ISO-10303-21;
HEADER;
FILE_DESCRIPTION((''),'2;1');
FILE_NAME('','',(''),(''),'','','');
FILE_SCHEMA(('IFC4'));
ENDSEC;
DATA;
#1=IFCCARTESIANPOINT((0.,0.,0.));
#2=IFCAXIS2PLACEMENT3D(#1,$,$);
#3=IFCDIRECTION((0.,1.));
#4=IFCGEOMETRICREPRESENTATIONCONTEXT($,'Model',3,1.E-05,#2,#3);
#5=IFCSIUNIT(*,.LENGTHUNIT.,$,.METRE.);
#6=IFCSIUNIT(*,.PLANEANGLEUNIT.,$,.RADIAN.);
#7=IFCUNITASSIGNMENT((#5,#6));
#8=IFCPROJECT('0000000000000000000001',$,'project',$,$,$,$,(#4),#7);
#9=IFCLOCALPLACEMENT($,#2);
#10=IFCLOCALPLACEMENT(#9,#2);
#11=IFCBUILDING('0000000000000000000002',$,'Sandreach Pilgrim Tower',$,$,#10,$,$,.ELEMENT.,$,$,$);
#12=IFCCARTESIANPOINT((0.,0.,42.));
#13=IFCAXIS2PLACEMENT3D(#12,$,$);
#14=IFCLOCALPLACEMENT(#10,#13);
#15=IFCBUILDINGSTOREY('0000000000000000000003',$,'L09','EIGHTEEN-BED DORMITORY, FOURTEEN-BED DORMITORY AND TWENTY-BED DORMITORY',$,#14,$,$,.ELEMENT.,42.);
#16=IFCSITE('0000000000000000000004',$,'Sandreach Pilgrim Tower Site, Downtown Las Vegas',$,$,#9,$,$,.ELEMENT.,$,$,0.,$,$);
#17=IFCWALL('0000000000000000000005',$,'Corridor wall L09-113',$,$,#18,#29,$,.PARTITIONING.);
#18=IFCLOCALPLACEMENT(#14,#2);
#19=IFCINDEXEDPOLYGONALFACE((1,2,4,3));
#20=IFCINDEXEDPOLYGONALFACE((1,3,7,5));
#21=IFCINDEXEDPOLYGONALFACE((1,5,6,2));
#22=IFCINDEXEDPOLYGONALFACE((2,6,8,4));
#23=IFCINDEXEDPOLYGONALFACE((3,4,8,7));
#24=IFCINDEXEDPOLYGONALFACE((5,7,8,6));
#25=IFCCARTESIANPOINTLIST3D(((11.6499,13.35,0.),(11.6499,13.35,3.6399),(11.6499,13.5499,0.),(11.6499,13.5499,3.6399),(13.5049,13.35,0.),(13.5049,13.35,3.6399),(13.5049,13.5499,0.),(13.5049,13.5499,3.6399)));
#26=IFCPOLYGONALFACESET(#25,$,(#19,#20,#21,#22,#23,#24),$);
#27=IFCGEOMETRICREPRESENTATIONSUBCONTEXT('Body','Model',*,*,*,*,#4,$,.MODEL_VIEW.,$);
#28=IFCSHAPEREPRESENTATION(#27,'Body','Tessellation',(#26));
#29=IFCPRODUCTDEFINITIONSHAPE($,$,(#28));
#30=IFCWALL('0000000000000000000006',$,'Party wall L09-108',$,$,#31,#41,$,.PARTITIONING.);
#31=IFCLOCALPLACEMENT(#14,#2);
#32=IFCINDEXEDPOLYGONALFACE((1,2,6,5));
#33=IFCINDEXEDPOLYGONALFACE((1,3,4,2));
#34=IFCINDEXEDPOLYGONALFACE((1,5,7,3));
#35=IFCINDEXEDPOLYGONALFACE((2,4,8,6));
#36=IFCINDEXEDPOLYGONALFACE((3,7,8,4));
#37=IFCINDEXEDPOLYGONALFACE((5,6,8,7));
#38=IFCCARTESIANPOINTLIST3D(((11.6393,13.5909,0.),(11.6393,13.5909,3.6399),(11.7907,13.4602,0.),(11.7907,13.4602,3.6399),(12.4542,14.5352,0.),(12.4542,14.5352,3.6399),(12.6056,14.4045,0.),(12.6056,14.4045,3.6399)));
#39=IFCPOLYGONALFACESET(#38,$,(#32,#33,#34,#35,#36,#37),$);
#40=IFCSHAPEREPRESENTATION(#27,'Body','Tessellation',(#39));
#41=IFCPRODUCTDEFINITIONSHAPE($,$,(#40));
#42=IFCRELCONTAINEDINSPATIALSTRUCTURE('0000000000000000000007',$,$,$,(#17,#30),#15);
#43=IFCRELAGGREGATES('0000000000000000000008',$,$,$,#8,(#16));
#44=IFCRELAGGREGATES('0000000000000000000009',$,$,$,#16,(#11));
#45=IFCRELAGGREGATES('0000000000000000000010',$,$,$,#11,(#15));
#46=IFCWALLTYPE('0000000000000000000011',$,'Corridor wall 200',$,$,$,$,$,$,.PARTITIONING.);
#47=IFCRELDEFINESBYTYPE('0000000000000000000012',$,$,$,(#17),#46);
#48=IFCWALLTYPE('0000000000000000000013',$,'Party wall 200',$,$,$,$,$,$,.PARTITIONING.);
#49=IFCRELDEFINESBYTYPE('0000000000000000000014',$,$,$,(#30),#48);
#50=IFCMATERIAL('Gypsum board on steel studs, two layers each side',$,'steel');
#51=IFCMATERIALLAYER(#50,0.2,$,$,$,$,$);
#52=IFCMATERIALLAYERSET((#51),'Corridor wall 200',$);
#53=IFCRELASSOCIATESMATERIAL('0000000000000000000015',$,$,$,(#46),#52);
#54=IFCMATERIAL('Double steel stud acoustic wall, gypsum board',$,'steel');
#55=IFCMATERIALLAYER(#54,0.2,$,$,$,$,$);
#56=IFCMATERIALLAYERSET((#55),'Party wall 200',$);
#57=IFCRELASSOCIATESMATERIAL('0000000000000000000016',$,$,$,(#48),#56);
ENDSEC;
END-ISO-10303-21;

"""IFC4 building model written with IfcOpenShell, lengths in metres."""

from ifc_helpers import new_model, si_unit, direction, frame, frame_2d, origin, place, context, subcontext, project, spatial, rectangle, extrude, material, layer, layer_set, type_object, element, save


model = new_model("IFC4")

# Units and contexts
model_context = context("Model", 3, precision=1e-05, world=origin(), true_north=direction((0.0, 1.0)))
body_context = subcontext(model_context, "Body", "Model", "MODEL_VIEW")
ifc_project = project(units=[si_unit("LENGTHUNIT", "METRE"), si_unit("PLANEANGLEUNIT", "RADIAN")], contexts=[model_context])

# Site, building, storey
site_placement = place(None, origin())
site = spatial("IfcSite", under=ifc_project, at=site_placement, Name="Sandreach Pilgrim Tower Site, Downtown Las Vegas", CompositionType="ELEMENT", RefElevation=0.0)
building_placement = place(site_placement, origin())
building = spatial("IfcBuilding", under=site, at=building_placement, Name="Sandreach Pilgrim Tower", CompositionType="ELEMENT")
storey_placement = place(building_placement, frame((0.0, 0.0, 42.0)))
storey = spatial("IfcBuildingStorey", under=building, at=storey_placement, Name="L09", Description="EIGHTEEN-BED DORMITORY, FOURTEEN-BED DORMITORY AND TWENTY-BED DORMITORY", CompositionType="ELEMENT", Elevation=42.0)

# Shared definitions
ifc_material_1 = material(Name="Gypsum board on steel studs, two layers each side", Category="steel")
ifc_layer_1 = layer(ifc_material_1, 0.2)
ifc_layer_set_1 = layer_set([ifc_layer_1], Name="Corridor wall 200")
wall_type_1 = type_object("IfcWallType", Name="Corridor wall 200", PredefinedType="PARTITIONING", material=ifc_layer_set_1)

# Walls
wall_1_placement = place(storey_placement, frame((13.5049, 13.45, 0.0), z_axis=(0.0, 0.0, 1.0), x_axis=(-1.0, 0.0, 0.0)))
element("IfcWall", 1, at=wall_1_placement, inside=storey, type_object=wall_type_1, Name="Corridor wall L09-113", PredefinedType="PARTITIONING", context=body_context, shape_type="SweptSolid", body=[
    extrude(rectangle(XDim=1.855, YDim=0.2, at=frame_2d((0.9275, 0.0))), origin(), (0.0, 0.0, 1.0), 3.6399),
])
ifc_material_2 = material(Name="Double steel stud acoustic wall, gypsum board", Category="steel")
ifc_layer_2 = layer(ifc_material_2, 0.2)
ifc_layer_set_2 = layer_set([ifc_layer_2], Name="Party wall 200")
wall_type_2 = type_object("IfcWallType", Name="Party wall 200", PredefinedType="PARTITIONING", material=ifc_layer_set_2)
wall_2_placement = place(storey_placement, frame((11.7151, 13.5256, 0.0), z_axis=(0.0, 0.0, 1.0), x_axis=(0.653334, 0.757069, 0.0)))
element("IfcWall", 2, at=wall_2_placement, inside=storey, type_object=wall_type_2, Name="Party wall L09-108", PredefinedType="PARTITIONING", context=body_context, shape_type="SweptSolid", body=[
    extrude(rectangle(XDim=1.2473, YDim=0.2, at=frame_2d((0.6235, 0.0))), origin(), (0.0, 0.0, 1.0), 3.6399),
])

save(model, "model.ifc")
